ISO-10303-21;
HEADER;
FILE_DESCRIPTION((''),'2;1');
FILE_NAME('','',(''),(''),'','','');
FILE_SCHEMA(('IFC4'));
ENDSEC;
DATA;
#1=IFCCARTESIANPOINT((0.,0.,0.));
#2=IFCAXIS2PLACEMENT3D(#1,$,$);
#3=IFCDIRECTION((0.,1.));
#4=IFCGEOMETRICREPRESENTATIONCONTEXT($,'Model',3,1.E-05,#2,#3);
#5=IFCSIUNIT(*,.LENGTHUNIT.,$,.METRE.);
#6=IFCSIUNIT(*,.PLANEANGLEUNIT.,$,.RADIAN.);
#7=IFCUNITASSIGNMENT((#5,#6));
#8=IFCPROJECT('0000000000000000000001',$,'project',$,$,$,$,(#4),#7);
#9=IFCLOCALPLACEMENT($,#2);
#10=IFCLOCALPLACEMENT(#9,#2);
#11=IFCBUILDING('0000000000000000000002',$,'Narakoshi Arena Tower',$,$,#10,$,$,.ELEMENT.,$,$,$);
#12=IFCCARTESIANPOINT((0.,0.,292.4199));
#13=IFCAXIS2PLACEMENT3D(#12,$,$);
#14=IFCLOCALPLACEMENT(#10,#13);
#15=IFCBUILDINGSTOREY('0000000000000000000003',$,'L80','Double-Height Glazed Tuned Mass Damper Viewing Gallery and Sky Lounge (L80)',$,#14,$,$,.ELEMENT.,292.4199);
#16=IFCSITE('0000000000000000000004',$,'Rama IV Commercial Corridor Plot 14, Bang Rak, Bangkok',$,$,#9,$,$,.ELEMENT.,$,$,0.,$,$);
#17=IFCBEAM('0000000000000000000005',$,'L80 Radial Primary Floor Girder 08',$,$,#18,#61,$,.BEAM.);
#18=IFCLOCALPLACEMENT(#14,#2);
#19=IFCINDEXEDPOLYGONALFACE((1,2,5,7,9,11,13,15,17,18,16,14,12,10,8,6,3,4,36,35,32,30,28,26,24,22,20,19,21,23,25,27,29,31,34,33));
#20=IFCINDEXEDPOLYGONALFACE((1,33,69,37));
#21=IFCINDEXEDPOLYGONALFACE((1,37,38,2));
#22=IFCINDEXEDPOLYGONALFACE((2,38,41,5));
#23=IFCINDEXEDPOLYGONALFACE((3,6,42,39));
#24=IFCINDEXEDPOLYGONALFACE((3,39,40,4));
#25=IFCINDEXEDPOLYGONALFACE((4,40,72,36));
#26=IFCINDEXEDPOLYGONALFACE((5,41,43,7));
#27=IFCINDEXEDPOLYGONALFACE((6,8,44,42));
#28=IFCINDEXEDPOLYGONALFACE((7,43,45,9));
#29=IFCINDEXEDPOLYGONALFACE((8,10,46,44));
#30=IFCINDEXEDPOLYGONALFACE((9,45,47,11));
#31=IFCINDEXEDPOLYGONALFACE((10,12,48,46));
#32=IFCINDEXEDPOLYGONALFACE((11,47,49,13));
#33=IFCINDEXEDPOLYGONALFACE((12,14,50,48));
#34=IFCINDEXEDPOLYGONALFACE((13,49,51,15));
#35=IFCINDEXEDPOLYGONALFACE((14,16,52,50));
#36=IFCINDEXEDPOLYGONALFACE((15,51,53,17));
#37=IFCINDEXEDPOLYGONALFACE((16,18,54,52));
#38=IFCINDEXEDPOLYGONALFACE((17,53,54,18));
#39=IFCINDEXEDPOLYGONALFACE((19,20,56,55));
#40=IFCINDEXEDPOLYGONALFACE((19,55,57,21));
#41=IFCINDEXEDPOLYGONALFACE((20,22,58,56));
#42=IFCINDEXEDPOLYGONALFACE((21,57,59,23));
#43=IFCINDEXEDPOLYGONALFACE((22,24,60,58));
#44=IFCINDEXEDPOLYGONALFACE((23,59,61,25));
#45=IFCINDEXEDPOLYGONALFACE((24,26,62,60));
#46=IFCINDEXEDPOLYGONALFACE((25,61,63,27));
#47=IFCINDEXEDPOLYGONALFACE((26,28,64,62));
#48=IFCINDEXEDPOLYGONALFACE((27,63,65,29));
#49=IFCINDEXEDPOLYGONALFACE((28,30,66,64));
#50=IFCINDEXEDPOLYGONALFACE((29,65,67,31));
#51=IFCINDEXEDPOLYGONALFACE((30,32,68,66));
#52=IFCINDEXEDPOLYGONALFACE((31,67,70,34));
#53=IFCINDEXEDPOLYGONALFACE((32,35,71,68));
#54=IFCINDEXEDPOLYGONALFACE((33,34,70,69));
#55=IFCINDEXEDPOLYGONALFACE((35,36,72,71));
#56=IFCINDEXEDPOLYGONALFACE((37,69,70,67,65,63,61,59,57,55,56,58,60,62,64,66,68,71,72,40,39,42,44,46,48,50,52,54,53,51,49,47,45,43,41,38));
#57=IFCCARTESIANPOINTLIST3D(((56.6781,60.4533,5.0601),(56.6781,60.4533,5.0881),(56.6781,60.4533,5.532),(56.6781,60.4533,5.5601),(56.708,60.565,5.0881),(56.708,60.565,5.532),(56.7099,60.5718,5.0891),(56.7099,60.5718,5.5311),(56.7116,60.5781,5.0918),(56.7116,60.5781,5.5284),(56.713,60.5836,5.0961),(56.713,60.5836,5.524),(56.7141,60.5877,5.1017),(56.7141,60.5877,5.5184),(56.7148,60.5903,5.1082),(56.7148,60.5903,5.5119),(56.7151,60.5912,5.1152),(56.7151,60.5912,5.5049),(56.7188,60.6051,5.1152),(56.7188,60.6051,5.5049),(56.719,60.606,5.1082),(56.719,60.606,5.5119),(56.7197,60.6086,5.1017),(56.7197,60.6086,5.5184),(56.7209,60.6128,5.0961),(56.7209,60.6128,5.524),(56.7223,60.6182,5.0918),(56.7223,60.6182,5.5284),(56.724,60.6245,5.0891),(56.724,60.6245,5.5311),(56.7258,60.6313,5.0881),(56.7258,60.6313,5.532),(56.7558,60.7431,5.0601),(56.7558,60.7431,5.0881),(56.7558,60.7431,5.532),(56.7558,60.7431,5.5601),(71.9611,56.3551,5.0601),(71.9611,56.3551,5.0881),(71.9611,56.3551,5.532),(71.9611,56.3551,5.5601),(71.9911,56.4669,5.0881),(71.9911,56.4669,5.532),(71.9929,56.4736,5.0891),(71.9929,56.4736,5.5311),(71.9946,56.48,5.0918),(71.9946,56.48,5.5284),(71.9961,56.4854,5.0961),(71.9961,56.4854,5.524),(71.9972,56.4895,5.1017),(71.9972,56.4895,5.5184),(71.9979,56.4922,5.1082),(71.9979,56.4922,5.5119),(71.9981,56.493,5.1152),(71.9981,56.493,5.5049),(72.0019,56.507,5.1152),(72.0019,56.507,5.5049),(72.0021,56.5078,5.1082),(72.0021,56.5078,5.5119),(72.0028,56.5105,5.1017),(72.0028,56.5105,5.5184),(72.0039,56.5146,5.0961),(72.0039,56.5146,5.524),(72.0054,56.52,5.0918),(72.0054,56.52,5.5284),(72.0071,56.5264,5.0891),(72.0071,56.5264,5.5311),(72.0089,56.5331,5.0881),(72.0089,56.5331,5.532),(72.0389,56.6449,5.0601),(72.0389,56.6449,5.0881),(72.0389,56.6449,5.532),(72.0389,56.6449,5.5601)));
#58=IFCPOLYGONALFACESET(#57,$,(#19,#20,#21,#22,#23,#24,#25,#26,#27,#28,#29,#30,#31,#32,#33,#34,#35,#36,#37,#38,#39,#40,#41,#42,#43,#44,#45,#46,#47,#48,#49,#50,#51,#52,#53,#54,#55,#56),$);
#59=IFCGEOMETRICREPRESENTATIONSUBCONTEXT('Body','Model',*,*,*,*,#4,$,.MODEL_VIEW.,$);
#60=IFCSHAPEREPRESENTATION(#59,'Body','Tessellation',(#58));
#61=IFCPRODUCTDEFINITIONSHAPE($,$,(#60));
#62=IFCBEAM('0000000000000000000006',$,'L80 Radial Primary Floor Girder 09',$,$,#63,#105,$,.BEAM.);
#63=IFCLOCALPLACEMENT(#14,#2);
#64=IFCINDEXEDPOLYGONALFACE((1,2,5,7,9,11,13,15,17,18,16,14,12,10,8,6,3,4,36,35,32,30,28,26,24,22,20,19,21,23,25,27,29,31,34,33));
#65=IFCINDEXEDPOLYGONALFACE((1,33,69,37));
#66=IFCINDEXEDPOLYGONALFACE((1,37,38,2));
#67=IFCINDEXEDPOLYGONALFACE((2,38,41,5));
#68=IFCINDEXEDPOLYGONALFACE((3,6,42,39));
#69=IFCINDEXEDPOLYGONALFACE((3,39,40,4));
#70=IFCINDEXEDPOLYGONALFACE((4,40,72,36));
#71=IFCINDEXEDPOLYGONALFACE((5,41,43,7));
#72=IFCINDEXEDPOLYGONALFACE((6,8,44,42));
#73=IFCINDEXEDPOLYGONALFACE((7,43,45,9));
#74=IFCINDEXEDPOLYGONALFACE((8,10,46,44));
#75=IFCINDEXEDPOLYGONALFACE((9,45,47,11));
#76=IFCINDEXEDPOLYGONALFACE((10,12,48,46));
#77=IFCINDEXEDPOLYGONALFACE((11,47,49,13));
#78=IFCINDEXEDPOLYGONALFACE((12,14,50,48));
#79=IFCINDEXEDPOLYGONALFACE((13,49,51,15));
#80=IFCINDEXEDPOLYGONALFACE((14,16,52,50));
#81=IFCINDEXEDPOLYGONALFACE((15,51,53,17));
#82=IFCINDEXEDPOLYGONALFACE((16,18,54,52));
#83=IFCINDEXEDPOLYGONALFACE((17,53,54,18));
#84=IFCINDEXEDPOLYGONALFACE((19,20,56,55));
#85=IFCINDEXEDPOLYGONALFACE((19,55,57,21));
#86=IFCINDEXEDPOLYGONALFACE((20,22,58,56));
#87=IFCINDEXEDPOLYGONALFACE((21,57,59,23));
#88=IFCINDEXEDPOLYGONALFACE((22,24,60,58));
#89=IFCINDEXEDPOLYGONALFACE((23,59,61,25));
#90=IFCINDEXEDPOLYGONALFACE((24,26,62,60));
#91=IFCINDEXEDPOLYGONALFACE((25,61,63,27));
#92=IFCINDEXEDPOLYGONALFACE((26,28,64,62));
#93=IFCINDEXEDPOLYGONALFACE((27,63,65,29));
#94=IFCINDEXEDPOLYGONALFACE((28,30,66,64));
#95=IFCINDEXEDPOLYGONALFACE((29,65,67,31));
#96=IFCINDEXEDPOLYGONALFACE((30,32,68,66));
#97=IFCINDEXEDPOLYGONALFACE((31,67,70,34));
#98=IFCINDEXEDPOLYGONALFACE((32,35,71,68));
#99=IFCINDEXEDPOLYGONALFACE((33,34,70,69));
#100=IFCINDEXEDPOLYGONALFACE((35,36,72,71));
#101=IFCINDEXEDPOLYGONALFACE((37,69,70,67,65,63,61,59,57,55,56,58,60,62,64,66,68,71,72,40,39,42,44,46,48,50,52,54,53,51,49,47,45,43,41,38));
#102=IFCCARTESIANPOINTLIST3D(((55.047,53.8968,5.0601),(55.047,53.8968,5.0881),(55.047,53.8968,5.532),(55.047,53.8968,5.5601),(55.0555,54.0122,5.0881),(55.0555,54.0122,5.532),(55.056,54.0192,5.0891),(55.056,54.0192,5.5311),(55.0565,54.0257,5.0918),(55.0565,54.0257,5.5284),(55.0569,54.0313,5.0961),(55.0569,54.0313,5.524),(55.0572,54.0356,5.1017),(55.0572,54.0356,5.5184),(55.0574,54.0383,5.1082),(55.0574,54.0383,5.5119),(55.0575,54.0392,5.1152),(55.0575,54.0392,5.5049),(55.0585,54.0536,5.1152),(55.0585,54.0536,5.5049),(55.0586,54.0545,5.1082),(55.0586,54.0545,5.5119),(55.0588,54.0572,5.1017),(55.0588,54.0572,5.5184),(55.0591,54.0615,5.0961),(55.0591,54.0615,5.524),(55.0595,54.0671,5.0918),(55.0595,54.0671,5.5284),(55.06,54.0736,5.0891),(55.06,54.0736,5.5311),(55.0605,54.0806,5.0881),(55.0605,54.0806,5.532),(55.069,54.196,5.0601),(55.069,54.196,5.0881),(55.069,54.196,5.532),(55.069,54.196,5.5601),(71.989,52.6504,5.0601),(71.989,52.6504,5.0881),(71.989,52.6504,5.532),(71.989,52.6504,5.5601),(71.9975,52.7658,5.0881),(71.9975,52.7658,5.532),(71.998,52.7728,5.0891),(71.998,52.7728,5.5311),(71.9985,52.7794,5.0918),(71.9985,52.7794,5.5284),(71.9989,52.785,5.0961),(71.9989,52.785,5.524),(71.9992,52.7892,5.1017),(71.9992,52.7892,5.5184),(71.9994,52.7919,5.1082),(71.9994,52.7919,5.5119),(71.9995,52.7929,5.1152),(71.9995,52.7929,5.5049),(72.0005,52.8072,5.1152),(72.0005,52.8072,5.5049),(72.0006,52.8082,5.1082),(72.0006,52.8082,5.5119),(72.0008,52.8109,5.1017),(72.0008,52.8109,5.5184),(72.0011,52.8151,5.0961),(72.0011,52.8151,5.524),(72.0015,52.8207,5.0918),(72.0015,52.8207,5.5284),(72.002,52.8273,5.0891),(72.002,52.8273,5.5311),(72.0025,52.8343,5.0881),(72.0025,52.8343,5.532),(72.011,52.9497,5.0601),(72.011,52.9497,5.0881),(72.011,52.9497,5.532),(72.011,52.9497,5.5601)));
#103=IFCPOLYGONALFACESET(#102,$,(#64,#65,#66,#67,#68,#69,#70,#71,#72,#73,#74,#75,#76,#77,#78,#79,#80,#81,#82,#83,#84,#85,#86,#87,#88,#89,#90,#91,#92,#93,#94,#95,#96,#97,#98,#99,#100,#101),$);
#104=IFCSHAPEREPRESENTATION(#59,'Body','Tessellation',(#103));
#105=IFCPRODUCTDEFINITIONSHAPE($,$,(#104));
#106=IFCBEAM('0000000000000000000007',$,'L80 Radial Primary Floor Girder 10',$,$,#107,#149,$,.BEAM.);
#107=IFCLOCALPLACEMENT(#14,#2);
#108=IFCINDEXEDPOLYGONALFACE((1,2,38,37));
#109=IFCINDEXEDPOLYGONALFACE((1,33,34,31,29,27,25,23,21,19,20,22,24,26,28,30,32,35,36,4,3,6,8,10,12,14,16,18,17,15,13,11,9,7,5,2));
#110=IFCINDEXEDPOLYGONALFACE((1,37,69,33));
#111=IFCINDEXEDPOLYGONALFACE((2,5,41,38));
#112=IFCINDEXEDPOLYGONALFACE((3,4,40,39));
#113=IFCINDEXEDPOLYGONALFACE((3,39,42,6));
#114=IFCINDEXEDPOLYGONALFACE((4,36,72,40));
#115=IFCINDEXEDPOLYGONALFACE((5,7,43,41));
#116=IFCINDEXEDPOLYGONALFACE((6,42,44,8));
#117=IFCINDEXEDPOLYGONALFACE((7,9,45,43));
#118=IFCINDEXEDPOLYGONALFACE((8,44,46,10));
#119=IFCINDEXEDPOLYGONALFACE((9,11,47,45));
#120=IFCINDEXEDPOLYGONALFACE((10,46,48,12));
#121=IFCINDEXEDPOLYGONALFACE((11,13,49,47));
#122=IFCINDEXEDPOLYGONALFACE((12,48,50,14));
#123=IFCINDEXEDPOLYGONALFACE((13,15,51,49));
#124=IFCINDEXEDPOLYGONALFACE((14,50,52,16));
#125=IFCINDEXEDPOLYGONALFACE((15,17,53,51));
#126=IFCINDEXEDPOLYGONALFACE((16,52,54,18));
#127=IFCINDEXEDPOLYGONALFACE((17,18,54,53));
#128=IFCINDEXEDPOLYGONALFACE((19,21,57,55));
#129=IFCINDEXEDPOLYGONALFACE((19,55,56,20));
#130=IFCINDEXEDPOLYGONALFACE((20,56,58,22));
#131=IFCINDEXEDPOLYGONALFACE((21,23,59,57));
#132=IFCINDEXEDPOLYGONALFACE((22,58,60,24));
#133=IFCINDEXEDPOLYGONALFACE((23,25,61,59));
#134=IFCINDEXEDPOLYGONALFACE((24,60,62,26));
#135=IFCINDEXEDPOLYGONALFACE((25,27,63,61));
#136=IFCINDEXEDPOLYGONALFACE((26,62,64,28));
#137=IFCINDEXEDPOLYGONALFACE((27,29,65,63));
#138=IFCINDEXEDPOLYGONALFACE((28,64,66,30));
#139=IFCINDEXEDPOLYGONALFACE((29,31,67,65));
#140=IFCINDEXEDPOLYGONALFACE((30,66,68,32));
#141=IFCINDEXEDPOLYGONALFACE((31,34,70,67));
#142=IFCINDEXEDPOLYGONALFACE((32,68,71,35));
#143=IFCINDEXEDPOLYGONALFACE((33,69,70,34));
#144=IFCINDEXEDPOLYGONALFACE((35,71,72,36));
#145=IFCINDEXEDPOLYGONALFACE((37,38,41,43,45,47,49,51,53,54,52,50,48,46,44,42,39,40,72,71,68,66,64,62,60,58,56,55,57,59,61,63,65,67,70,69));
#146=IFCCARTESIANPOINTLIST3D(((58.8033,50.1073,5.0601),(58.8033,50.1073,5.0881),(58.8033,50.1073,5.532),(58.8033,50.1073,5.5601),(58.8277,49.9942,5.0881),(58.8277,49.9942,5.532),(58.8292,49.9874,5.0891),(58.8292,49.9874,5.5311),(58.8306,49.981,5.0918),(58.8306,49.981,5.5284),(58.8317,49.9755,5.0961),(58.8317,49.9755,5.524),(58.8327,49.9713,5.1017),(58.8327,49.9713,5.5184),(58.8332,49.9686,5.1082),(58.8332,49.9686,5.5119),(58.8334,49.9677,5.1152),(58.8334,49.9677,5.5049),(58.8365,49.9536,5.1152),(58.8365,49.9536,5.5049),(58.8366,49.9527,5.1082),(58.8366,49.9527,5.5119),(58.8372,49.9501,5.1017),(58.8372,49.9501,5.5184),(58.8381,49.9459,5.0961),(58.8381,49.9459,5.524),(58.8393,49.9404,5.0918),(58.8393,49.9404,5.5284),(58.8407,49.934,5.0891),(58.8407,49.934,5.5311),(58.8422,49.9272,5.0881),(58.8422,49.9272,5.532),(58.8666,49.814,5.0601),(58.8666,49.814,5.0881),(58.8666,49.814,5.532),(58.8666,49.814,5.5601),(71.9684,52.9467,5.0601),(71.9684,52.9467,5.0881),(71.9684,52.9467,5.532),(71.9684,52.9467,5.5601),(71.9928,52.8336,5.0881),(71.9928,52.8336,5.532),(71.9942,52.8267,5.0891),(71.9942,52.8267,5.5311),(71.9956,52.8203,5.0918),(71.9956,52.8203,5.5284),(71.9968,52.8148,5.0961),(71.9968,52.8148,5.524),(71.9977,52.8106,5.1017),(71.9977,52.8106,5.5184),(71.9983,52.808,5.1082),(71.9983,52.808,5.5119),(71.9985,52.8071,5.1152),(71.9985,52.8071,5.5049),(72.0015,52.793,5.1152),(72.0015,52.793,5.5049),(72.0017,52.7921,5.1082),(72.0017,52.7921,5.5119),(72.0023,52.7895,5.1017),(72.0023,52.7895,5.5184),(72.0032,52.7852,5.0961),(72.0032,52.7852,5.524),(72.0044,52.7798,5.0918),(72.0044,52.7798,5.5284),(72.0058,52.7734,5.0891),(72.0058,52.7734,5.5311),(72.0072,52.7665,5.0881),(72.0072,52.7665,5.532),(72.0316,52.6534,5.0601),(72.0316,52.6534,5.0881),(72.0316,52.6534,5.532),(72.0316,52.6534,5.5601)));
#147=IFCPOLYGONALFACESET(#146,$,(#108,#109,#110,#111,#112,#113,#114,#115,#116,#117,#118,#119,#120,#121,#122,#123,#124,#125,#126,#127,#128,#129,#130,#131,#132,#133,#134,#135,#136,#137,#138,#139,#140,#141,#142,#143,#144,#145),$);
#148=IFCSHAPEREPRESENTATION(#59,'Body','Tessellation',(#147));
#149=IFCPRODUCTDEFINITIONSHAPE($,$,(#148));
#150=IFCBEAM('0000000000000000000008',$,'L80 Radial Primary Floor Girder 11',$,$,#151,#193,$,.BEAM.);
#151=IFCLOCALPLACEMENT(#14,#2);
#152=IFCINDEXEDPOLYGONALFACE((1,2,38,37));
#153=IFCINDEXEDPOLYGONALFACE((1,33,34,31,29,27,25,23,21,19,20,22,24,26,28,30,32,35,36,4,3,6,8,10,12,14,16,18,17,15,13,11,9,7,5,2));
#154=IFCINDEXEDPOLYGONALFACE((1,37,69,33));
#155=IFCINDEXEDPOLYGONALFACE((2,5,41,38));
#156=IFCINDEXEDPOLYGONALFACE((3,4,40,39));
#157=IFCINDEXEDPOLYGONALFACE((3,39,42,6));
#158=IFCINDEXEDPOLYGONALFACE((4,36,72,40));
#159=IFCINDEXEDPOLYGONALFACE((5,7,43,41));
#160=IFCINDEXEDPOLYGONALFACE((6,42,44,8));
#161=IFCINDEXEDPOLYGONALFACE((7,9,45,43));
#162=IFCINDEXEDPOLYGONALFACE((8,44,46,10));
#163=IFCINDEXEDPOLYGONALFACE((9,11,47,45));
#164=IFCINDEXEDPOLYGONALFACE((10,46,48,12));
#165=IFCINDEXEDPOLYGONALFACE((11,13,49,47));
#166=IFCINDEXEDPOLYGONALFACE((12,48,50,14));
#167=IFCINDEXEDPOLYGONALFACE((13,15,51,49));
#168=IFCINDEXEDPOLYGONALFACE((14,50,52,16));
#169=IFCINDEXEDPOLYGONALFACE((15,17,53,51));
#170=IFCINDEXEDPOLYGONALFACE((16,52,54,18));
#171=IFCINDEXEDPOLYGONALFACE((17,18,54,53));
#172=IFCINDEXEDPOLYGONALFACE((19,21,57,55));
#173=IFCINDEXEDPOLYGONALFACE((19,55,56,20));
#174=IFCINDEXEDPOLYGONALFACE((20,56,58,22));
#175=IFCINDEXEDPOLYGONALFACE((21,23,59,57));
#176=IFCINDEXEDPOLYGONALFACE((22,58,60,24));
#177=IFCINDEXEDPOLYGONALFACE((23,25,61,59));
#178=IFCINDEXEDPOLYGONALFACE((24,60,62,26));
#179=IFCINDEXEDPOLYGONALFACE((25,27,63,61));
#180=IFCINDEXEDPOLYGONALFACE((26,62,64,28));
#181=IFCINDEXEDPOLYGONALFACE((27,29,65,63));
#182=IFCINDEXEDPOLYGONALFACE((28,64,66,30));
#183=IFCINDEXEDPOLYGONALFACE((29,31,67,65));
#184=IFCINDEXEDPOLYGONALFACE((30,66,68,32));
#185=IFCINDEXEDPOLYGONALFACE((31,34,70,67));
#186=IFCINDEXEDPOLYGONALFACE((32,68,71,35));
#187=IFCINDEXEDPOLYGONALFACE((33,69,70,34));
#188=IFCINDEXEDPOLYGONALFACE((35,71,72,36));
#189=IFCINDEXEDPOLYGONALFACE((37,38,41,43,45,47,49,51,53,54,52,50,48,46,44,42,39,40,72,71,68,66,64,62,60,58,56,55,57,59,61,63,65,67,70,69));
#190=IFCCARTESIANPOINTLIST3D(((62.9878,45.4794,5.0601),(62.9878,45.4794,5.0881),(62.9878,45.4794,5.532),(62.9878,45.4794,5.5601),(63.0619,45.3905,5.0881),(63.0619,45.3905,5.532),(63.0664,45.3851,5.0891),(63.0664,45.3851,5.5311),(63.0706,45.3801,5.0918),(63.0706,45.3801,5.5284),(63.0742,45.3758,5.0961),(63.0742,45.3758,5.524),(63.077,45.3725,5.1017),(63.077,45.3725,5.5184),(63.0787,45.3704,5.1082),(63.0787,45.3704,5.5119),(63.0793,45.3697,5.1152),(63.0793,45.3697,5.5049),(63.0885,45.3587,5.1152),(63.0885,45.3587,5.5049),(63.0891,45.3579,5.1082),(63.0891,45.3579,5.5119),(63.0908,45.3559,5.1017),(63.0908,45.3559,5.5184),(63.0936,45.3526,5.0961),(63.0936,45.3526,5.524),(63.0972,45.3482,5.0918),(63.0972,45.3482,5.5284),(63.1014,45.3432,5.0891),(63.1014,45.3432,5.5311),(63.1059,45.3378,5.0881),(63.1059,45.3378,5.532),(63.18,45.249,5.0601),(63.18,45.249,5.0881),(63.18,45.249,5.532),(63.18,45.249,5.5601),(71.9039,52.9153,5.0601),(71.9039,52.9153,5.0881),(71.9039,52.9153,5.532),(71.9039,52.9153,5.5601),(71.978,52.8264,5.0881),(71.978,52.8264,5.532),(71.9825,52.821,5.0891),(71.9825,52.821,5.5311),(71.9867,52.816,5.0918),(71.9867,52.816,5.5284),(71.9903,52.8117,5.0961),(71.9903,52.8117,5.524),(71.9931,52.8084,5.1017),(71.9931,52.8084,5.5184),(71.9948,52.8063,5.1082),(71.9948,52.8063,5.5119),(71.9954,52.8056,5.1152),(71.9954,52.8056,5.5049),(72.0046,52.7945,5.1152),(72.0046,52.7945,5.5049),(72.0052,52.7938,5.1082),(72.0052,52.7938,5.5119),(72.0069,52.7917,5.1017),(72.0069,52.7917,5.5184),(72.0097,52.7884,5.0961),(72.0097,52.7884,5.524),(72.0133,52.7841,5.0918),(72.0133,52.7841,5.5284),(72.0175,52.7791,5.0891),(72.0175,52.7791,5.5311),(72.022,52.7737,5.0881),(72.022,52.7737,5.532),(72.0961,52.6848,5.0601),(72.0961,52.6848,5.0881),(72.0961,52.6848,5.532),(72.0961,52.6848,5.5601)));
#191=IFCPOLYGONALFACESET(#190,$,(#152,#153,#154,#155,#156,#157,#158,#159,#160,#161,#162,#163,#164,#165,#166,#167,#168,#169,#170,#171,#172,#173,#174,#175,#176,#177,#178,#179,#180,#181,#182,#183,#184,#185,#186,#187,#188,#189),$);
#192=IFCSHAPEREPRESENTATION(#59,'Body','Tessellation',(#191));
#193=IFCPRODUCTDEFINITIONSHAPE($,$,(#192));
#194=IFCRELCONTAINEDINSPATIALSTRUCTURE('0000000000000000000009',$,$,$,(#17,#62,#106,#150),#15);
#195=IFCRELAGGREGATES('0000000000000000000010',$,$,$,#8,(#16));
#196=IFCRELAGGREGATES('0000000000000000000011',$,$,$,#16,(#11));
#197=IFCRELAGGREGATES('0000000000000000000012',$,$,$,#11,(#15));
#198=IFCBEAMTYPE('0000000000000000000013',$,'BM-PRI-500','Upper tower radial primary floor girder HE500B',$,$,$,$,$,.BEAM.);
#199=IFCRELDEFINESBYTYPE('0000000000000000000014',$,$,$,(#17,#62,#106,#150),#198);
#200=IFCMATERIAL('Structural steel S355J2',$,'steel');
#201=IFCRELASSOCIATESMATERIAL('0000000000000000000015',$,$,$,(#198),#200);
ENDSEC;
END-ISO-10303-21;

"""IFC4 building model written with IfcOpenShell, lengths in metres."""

from ifc_helpers import new_model, si_unit, direction, frame, origin, origin_2d, place, context, subcontext, project, spatial, i_section, extrude, material, material_profile, profile_set, type_object, element, save


model = new_model("IFC4")

# Units and contexts
model_context = context("Model", 3, precision=1e-05, world=origin(), true_north=direction((0.0, 1.0)))
body_context = subcontext(model_context, "Body", "Model", "MODEL_VIEW")
ifc_project = project(units=[si_unit("LENGTHUNIT", "METRE"), si_unit("PLANEANGLEUNIT", "RADIAN")], contexts=[model_context])

# Site, building, storey
site_placement = place(None, origin())
site = spatial("IfcSite", under=ifc_project, at=site_placement, Name="Rama IV Commercial Corridor Plot 14, Bang Rak, Bangkok", CompositionType="ELEMENT", RefElevation=0.0)
building_placement = place(site_placement, origin())
building = spatial("IfcBuilding", under=site, at=building_placement, Name="Narakoshi Arena Tower", CompositionType="ELEMENT")
storey_placement = place(building_placement, frame((0.0, 0.0, 292.4199)))
storey = spatial("IfcBuildingStorey", under=building, at=storey_placement, Name="L80", Description="Double-Height Glazed Tuned Mass Damper Viewing Gallery and Sky Lounge (L80)", CompositionType="ELEMENT", Elevation=292.4199)

# Shared definitions
ifc_material_1 = material(Name="Structural steel S355J2", Category="steel")

# Beams
ifc_material_profile_1 = material_profile(ifc_material_1, i_section(OverallWidth=0.3, OverallDepth=0.5, WebThickness=0.0144, FlangeThickness=0.0281, FilletRadius=0.0271, at=origin_2d()), Name="HE500B")
ifc_profile_set_1 = profile_set([ifc_material_profile_1], Name="Structural steel S355J2")
beam_type_1 = type_object("IfcBeamType", Name="BM-PRI-500", Description="Upper tower radial primary floor girder HE500B", PredefinedType="BEAM", material=ifc_profile_set_1)
beam_1_placement = place(storey_placement, frame((72.0, 56.5, 5.3101), z_axis=(-0.965877, 0.259001, 0.0), x_axis=(-0.259001, -0.965877, 0.0)))
element("IfcBeam", 1, at=beam_1_placement, inside=storey, type_object=beam_type_1, Name="L80 Radial Primary Floor Girder 08", PredefinedType="BEAM", context=body_context, shape_type="SweptSolid", body=[
    extrude(i_section(OverallWidth=0.3, OverallDepth=0.5, WebThickness=0.0144, FlangeThickness=0.0281, FilletRadius=0.0271, at=origin_2d()), origin(), (0.0, 0.0, 1.0), 15.823),
])
beam_2_placement = place(storey_placement, frame((72.0, 52.8, 5.3101), z_axis=(-0.997305, 0.073367, 0.0), x_axis=(-0.073367, -0.997305, 0.0)))
element("IfcBeam", 2, at=beam_2_placement, inside=storey, type_object=beam_type_1, Name="L80 Radial Primary Floor Girder 09", PredefinedType="BEAM", context=body_context, shape_type="SweptSolid", body=[
    extrude(i_section(OverallWidth=0.3, OverallDepth=0.5, WebThickness=0.0144, FlangeThickness=0.0281, FilletRadius=0.0271, at=origin_2d()), origin(), (0.0, 0.0, 1.0), 16.9878),
])
beam_3_placement = place(storey_placement, frame((72.0, 52.8, 5.3101), z_axis=(-0.977524, -0.210826, 0.0), x_axis=(0.210826, -0.977524, 0.0)))
element("IfcBeam", 3, at=beam_3_placement, inside=storey, type_object=beam_type_1, Name="L80 Radial Primary Floor Girder 10", PredefinedType="BEAM", context=body_context, shape_type="SweptSolid", body=[
    extrude(i_section(OverallWidth=0.3, OverallDepth=0.5, WebThickness=0.0144, FlangeThickness=0.0281, FilletRadius=0.0271, at=origin_2d()), origin(), (0.0, 0.0, 1.0), 13.4678),
])
beam_4_placement = place(storey_placement, frame((72.0, 52.8, 5.3101), z_axis=(-0.767976, -0.640478, 0.0), x_axis=(0.640478, -0.767976, 0.0)))
element("IfcBeam", 4, at=beam_4_placement, inside=storey, type_object=beam_type_1, Name="L80 Radial Primary Floor Girder 11", PredefinedType="BEAM", context=body_context, shape_type="SweptSolid", body=[
    extrude(i_section(OverallWidth=0.3, OverallDepth=0.5, WebThickness=0.0144, FlangeThickness=0.0281, FilletRadius=0.0271, at=origin_2d()), origin(), (0.0, 0.0, 1.0), 11.6099),
])

save(model, "model.ifc")
